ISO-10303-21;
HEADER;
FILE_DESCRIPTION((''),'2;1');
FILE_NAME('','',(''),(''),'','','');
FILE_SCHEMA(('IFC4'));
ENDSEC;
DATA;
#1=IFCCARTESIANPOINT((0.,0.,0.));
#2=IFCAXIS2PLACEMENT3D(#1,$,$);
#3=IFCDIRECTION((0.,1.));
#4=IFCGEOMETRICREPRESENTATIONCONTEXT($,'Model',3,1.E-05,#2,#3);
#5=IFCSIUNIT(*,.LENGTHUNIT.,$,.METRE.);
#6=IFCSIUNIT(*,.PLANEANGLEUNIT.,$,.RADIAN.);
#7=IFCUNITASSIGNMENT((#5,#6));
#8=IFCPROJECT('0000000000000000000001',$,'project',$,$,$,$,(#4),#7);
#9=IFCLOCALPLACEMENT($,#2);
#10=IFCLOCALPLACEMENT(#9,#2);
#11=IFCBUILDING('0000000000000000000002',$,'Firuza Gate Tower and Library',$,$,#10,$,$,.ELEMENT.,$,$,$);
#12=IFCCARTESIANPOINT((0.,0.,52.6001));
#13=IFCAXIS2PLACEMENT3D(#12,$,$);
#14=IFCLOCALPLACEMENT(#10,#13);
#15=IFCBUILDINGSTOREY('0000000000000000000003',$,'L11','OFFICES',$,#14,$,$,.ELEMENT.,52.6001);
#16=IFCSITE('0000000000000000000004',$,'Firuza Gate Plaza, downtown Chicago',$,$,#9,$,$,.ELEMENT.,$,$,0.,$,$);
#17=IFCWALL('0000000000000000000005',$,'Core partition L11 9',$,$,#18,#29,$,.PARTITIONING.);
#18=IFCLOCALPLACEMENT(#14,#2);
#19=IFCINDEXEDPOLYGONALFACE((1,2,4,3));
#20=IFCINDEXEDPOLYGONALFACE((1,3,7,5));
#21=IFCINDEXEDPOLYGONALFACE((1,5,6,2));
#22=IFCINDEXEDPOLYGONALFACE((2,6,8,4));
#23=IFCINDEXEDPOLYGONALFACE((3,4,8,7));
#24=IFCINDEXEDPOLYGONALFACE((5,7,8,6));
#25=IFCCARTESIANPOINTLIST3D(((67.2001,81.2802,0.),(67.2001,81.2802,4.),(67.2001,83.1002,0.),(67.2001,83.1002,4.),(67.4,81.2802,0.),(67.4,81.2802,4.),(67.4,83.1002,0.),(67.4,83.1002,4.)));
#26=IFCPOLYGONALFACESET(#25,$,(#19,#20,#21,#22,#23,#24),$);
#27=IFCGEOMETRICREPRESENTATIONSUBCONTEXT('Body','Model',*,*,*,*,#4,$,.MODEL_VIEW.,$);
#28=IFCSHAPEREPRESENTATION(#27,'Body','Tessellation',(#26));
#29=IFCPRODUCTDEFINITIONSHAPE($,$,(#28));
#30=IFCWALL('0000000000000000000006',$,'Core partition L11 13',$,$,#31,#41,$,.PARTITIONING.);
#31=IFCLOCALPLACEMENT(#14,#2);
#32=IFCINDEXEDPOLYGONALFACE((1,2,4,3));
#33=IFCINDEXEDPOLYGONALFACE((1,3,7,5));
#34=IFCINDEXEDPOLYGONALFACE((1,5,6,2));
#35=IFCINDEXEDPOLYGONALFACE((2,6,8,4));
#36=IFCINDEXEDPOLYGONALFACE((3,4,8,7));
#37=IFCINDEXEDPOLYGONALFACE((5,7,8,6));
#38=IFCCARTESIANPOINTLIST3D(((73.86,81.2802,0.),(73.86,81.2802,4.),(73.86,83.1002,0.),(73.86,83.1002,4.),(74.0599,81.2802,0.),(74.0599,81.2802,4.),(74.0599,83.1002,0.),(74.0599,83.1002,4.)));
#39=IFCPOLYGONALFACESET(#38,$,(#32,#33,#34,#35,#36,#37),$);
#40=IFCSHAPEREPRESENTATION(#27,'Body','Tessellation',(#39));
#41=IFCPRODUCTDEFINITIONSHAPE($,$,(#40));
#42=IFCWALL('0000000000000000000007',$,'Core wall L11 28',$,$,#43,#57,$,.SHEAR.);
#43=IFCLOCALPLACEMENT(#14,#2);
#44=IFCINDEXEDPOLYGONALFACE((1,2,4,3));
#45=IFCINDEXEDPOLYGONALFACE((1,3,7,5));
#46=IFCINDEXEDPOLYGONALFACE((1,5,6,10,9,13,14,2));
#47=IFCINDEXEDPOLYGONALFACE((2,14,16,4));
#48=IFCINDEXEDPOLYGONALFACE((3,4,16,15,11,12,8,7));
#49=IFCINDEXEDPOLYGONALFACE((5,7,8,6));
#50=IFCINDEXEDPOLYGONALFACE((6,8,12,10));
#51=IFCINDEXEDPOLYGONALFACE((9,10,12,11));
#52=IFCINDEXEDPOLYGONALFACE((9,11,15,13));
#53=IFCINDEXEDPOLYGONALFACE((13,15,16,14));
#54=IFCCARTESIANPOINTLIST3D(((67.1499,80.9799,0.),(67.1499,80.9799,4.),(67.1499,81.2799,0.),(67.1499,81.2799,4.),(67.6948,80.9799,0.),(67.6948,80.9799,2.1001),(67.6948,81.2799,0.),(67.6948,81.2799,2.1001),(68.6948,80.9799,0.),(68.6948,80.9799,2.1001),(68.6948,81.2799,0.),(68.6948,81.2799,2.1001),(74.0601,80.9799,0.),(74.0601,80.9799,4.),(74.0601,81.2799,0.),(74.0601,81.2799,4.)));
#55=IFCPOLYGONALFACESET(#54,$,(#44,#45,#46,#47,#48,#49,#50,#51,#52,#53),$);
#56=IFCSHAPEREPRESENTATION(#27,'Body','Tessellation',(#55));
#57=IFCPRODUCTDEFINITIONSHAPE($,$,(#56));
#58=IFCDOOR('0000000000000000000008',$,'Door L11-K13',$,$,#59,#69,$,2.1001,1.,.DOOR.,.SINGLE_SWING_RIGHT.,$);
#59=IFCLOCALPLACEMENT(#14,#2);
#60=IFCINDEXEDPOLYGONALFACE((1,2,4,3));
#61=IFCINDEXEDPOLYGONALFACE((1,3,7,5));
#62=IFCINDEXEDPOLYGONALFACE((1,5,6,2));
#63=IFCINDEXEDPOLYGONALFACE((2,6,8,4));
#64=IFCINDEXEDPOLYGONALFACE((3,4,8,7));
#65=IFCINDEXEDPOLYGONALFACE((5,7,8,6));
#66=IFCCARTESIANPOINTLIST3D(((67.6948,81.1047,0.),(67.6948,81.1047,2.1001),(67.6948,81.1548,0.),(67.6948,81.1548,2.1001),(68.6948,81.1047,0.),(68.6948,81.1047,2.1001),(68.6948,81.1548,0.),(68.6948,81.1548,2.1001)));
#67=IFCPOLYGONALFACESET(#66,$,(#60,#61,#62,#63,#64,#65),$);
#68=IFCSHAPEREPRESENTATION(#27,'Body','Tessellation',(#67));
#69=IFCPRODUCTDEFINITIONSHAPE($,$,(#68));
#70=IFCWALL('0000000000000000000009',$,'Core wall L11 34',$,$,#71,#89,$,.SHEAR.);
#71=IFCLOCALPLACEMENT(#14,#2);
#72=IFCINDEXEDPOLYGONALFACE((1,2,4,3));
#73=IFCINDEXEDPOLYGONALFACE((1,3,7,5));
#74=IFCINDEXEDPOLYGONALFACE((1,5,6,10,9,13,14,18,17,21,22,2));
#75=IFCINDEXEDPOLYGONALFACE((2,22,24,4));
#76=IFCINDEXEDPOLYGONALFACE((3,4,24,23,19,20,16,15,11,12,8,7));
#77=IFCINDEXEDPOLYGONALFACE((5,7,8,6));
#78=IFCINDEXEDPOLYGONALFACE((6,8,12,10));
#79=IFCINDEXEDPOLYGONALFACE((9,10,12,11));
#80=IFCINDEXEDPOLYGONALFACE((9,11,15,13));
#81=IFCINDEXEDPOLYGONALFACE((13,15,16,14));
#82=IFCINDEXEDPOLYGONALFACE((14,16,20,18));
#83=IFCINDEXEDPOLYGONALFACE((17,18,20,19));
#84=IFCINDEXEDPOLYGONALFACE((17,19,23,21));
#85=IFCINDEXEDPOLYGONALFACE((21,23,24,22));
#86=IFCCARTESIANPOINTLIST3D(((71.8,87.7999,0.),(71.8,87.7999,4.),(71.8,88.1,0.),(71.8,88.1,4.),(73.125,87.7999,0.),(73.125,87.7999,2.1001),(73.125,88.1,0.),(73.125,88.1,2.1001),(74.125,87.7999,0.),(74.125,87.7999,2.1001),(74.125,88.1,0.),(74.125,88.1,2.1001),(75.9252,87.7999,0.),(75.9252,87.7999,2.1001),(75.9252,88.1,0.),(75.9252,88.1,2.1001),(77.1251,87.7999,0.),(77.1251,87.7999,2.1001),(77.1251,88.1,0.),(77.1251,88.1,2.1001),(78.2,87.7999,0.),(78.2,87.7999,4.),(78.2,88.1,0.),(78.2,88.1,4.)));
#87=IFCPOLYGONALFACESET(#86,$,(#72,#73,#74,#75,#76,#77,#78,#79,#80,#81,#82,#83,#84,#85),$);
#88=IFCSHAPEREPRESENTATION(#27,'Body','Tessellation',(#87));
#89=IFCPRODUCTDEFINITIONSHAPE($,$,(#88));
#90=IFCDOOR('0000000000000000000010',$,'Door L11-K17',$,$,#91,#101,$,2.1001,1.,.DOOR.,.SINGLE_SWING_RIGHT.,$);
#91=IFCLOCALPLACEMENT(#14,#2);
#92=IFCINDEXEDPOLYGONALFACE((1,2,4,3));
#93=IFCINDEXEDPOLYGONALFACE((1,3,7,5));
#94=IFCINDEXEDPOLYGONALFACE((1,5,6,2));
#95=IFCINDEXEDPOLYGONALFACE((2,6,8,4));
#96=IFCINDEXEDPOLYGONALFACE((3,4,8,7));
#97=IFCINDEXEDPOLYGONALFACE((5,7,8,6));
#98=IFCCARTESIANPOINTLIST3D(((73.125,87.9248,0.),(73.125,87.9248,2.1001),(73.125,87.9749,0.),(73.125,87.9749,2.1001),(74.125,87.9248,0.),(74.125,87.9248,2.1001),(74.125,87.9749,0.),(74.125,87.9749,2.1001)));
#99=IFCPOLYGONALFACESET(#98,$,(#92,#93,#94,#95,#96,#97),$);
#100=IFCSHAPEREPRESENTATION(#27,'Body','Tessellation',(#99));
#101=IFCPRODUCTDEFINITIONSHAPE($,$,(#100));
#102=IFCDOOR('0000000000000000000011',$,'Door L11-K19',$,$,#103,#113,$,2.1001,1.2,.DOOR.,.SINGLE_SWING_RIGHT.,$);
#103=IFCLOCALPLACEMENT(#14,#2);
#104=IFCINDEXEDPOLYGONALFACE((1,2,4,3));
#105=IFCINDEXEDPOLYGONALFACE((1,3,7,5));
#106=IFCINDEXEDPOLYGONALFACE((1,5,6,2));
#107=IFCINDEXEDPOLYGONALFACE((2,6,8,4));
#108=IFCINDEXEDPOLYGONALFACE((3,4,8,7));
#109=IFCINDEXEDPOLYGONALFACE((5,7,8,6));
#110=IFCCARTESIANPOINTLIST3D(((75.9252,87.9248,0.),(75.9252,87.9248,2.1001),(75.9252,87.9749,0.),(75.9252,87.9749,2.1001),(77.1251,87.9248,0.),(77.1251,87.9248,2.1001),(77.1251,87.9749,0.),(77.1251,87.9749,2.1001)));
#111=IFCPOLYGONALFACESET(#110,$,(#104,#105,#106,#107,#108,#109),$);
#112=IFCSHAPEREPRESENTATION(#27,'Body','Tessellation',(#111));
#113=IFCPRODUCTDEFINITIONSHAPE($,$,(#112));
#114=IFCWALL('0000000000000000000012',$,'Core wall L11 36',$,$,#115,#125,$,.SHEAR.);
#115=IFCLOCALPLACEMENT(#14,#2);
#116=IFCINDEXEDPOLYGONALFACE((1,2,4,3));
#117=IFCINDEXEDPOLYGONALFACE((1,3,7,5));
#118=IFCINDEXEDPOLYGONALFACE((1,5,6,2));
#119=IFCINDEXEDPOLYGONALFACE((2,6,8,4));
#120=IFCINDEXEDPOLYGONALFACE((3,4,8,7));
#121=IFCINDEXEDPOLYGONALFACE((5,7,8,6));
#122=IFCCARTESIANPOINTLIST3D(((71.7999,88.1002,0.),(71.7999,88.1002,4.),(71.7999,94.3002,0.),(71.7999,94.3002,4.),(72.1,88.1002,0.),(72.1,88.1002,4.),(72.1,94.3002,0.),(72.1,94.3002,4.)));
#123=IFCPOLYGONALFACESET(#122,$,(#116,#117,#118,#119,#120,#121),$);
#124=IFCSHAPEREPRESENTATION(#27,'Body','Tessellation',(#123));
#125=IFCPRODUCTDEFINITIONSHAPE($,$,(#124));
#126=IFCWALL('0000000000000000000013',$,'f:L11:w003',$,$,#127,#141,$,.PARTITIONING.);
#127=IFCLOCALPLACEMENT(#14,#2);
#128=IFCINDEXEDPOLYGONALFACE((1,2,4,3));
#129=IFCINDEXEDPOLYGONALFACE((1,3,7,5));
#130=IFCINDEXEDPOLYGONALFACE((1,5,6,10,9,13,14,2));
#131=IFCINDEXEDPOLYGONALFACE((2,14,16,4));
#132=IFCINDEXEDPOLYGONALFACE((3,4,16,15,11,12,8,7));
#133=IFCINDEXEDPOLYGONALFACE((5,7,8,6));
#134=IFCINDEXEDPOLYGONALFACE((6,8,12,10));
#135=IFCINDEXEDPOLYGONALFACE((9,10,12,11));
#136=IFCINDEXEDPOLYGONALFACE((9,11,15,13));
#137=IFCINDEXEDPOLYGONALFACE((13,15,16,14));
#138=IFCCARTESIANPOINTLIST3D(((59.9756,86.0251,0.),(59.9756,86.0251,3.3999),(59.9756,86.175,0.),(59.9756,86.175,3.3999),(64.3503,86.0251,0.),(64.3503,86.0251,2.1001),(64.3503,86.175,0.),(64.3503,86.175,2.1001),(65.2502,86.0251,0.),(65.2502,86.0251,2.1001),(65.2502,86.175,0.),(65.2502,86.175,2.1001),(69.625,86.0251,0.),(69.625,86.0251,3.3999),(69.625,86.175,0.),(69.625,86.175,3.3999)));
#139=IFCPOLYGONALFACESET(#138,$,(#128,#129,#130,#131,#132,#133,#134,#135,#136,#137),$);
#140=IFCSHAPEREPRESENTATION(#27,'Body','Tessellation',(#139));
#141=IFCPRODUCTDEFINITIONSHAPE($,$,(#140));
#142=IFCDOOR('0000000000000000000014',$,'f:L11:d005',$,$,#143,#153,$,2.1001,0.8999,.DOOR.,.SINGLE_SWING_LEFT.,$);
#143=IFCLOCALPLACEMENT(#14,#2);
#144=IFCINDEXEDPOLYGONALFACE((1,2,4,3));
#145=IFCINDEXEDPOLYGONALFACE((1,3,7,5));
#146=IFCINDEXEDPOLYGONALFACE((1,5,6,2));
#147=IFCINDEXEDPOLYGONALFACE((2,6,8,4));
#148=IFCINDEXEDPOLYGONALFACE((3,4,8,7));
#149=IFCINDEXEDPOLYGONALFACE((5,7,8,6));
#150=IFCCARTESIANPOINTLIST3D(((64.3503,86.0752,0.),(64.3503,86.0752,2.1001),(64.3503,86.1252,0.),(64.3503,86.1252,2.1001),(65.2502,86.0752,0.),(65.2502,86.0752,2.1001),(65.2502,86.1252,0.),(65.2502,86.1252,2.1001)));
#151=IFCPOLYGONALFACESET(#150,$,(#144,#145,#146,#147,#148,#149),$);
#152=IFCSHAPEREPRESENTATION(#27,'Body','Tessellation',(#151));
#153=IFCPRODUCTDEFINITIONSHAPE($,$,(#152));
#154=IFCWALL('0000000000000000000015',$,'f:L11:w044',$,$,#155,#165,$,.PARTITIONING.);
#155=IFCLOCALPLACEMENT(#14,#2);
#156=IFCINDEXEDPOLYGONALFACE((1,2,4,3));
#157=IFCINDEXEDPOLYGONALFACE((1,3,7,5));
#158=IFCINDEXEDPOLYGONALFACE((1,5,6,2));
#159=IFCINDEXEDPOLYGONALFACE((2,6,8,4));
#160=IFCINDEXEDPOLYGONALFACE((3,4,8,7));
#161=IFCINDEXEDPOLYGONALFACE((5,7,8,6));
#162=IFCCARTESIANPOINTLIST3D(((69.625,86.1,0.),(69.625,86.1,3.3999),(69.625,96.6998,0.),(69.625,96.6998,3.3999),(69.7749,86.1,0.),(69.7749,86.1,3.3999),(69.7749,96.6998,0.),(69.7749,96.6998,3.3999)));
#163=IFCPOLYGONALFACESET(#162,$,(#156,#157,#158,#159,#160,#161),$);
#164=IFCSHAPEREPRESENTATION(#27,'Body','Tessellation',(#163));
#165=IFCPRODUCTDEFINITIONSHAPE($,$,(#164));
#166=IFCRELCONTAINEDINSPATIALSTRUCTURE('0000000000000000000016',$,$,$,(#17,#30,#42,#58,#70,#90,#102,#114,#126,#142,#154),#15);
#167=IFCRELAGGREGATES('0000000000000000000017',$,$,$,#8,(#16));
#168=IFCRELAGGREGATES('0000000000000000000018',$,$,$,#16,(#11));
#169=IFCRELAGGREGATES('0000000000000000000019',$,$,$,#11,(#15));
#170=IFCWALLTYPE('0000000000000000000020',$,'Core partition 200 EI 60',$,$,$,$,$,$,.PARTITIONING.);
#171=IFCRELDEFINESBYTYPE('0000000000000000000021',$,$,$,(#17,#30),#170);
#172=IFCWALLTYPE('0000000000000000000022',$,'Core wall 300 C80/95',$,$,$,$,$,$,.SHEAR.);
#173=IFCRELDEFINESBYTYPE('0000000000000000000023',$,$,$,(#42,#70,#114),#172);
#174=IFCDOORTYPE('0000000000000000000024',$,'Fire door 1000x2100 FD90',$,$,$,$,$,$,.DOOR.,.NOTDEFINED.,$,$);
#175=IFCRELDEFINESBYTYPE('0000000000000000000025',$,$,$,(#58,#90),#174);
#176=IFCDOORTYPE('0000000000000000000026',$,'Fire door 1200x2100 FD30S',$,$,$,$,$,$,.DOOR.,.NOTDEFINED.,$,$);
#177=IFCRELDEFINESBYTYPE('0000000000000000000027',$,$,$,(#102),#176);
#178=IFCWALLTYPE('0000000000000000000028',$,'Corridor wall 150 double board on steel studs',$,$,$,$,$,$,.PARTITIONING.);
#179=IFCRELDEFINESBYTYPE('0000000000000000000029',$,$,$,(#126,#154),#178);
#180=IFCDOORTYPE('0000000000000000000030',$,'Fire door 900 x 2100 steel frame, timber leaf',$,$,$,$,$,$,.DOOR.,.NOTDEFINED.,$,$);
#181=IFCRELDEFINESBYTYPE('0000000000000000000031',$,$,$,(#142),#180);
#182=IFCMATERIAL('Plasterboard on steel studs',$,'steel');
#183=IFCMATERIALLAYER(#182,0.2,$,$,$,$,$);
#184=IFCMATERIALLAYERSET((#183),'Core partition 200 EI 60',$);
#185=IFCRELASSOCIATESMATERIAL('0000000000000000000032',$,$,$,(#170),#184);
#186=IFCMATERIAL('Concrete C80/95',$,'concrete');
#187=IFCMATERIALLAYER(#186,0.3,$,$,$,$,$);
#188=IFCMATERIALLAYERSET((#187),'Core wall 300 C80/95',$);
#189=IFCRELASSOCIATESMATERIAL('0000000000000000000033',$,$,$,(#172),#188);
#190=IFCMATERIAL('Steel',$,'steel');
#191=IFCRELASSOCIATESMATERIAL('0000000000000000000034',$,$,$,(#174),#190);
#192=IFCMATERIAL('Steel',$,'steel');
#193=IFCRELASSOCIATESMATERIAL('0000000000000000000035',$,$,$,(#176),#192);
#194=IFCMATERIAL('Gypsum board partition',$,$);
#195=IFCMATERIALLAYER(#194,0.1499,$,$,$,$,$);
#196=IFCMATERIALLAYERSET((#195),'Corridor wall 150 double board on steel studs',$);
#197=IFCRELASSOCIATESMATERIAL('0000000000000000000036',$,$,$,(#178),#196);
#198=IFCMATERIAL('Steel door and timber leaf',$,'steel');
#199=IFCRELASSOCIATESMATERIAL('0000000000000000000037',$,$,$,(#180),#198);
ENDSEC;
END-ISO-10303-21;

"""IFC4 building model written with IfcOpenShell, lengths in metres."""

from ifc_helpers import new_model, si_unit, direction, frame, frame_2d, origin, place, context, subcontext, project, spatial, rectangle, extrude, material, layer, layer_set, type_object, element, fill, save


model = new_model("IFC4")

# Units and contexts
model_context = context("Model", 3, precision=1e-05, world=origin(), true_north=direction((0.0, 1.0)))
body_context = subcontext(model_context, "Body", "Model", "MODEL_VIEW")
ifc_project = project(units=[si_unit("LENGTHUNIT", "METRE"), si_unit("PLANEANGLEUNIT", "RADIAN")], contexts=[model_context])

# Site, building, storey
site_placement = place(None, origin())
site = spatial("IfcSite", under=ifc_project, at=site_placement, Name="Firuza Gate Plaza, downtown Chicago", CompositionType="ELEMENT", RefElevation=0.0)
building_placement = place(site_placement, origin())
building = spatial("IfcBuilding", under=site, at=building_placement, Name="Firuza Gate Tower and Library", CompositionType="ELEMENT")
storey_placement = place(building_placement, frame((0.0, 0.0, 52.6001)))
storey = spatial("IfcBuildingStorey", under=building, at=storey_placement, Name="L11", Description="OFFICES", CompositionType="ELEMENT", Elevation=52.6001)

# Walls
ifc_material_1 = material(Name="Plasterboard on steel studs", Category="steel")
ifc_layer_1 = layer(ifc_material_1, 0.2)
ifc_layer_set_1 = layer_set([ifc_layer_1], Name="Core partition 200 EI 60")
wall_type_1 = type_object("IfcWallType", Name="Core partition 200 EI 60", PredefinedType="PARTITIONING", material=ifc_layer_set_1)
for number, where, z_axis, x_axis, name in (
    (1, (67.3, 81.28, 0.0), (0.0, 0.0, 1.0), (0.0, 1.0, 0.0), "Core partition L11 9"),
    (2, (73.96, 81.28, 0.0), (0.0, 0.0, 1.0), (0.0, 1.0, 0.0), "Core partition L11 13"),
):
    element("IfcWall", number, at=place(storey_placement, frame(where, z_axis=z_axis, x_axis=x_axis)), inside=storey, type_object=wall_type_1, Name=name, PredefinedType="PARTITIONING", context=body_context, shape_type="SweptSolid", body=[
        extrude(rectangle(XDim=1.8201, YDim=0.2, at=frame_2d((0.9102, 0.0))), origin(), (0.0, 0.0, 1.0), 4.0),
    ])

# Wall, opening, door
ifc_material_2 = material(Name="Concrete C80/95", Category="concrete")
ifc_layer_2 = layer(ifc_material_2, 0.3)
ifc_layer_set_2 = layer_set([ifc_layer_2], Name="Core wall 300 C80/95")
wall_type_2 = type_object("IfcWallType", Name="Core wall 300 C80/95", PredefinedType="SHEAR", material=ifc_layer_set_2)
wall_1_placement = place(storey_placement, frame((67.1499, 81.1299, 0.0), z_axis=(0.0, 0.0, 1.0), x_axis=(1.0, 0.0, 0.0)))
wall_1 = element("IfcWall", 3, at=wall_1_placement, inside=storey, type_object=wall_type_2, Name="Core wall L11 28", PredefinedType="SHEAR", context=body_context, shape_type="SweptSolid", body=[
    extrude(rectangle(XDim=6.9102, YDim=0.3, at=frame_2d((3.4551, 0.0))), origin(), (0.0, 0.0, 1.0), 4.0),
])
opening_1_placement = place(wall_1_placement, frame((0.5449, 0.0, 0.0)))
opening_1 = element("IfcOpeningElement", 4, at=opening_1_placement, cuts=wall_1, PredefinedType="OPENING", context=body_context, shape_type="SweptSolid", body=[
    extrude(rectangle(XDim=1.0, YDim=2.1001, at=frame_2d((0.5, 1.05))), frame((0.0, 0.1602, 0.0), z_axis=(0.0, -1.0, 0.0), x_axis=(1.0, 0.0, 0.0)), (0.0, 0.0, 1.0), 0.3201),
])
ifc_material_3 = material(Name="Steel", Category="steel")
door_type_1 = type_object("IfcDoorType", Name="Fire door 1000x2100 FD90", OperationType="NOTDEFINED", PredefinedType="DOOR", material=ifc_material_3)
door_1_placement = place(opening_1_placement, origin())
door_1 = element("IfcDoor", 5, at=door_1_placement, inside=storey, type_object=door_type_1, Name="Door L11-K13", OperationType="SINGLE_SWING_RIGHT", OverallHeight=2.1001, OverallWidth=1.0, PredefinedType="DOOR", context=body_context, shape_type="SweptSolid", body=[
    extrude(rectangle(XDim=1.0, YDim=2.1001, at=frame_2d((0.5, 1.05))), frame((0.0, 0.0249, 0.0), z_axis=(0.0, -1.0, 0.0), x_axis=(1.0, 0.0, 0.0)), (0.0, 0.0, 1.0), 0.05),
])
fill(opening_1, door_1)

# Wall, openings, doors
wall_2_placement = place(storey_placement, frame((71.8, 87.95, 0.0), z_axis=(0.0, 0.0, 1.0), x_axis=(1.0, 0.0, 0.0)))
wall_2 = element("IfcWall", 6, at=wall_2_placement, inside=storey, type_object=wall_type_2, Name="Core wall L11 34", PredefinedType="SHEAR", context=body_context, shape_type="SweptSolid", body=[
    extrude(rectangle(XDim=6.3999, YDim=0.3, at=frame_2d((3.2, 0.0))), origin(), (0.0, 0.0, 1.0), 4.0),
])
opening_2_placement = place(wall_2_placement, frame((1.325, 0.0, 0.0)))
opening_2 = element("IfcOpeningElement", 7, at=opening_2_placement, cuts=wall_2, PredefinedType="OPENING", context=body_context, shape_type="SweptSolid", body=[
    extrude(rectangle(XDim=1.0, YDim=2.1001, at=frame_2d((0.5, 1.05))), frame((0.0, 0.1602, 0.0), z_axis=(0.0, -1.0, 0.0), x_axis=(1.0, 0.0, 0.0)), (0.0, 0.0, 1.0), 0.3201),
])
opening_3_placement = place(wall_2_placement, frame((4.125, 0.0, 0.0)))
opening_3 = element("IfcOpeningElement", 8, at=opening_3_placement, cuts=wall_2, PredefinedType="OPENING", context=body_context, shape_type="SweptSolid", body=[
    extrude(rectangle(XDim=1.2, YDim=2.1001, at=frame_2d((0.6001, 1.05))), frame((0.0, 0.1602, 0.0), z_axis=(0.0, -1.0, 0.0), x_axis=(1.0, 0.0, 0.0)), (0.0, 0.0, 1.0), 0.3201),
])
door_2_placement = place(opening_2_placement, origin())
door_2 = element("IfcDoor", 9, at=door_2_placement, inside=storey, type_object=door_type_1, Name="Door L11-K17", OperationType="SINGLE_SWING_RIGHT", OverallHeight=2.1001, OverallWidth=1.0, PredefinedType="DOOR", context=body_context, shape_type="SweptSolid", body=[
    extrude(rectangle(XDim=1.0, YDim=2.1001, at=frame_2d((0.5, 1.05))), frame((0.0, 0.0249, 0.0), z_axis=(0.0, -1.0, 0.0), x_axis=(1.0, 0.0, 0.0)), (0.0, 0.0, 1.0), 0.05),
])
fill(opening_2, door_2)
ifc_material_4 = material(Name="Steel", Category="steel")
door_type_2 = type_object("IfcDoorType", Name="Fire door 1200x2100 FD30S", OperationType="NOTDEFINED", PredefinedType="DOOR", material=ifc_material_4)
door_3_placement = place(opening_3_placement, origin())
door_3 = element("IfcDoor", 10, at=door_3_placement, inside=storey, type_object=door_type_2, Name="Door L11-K19", OperationType="SINGLE_SWING_RIGHT", OverallHeight=2.1001, OverallWidth=1.2, PredefinedType="DOOR", context=body_context, shape_type="SweptSolid", body=[
    extrude(rectangle(XDim=1.2, YDim=2.1001, at=frame_2d((0.6001, 1.05))), frame((0.0, 0.0249, 0.0), z_axis=(0.0, -1.0, 0.0), x_axis=(1.0, 0.0, 0.0)), (0.0, 0.0, 1.0), 0.05),
])
fill(opening_3, door_3)

# Wall
wall_3_placement = place(storey_placement, frame((71.95, 88.1001, 0.0), z_axis=(0.0, 0.0, 1.0), x_axis=(0.0, 1.0, 0.0)))
element("IfcWall", 11, at=wall_3_placement, inside=storey, type_object=wall_type_2, Name="Core wall L11 36", PredefinedType="SHEAR", context=body_context, shape_type="SweptSolid", body=[
    extrude(rectangle(XDim=6.2, YDim=0.3, at=frame_2d((3.1001, 0.0))), origin(), (0.0, 0.0, 1.0), 4.0),
])

# Wall, opening, door
ifc_material_5 = material(Name="Gypsum board partition")
ifc_layer_3 = layer(ifc_material_5, 0.1499)
ifc_layer_set_3 = layer_set([ifc_layer_3], Name="Corridor wall 150 double board on steel studs")
wall_type_3 = type_object("IfcWallType", Name="Corridor wall 150 double board on steel studs", PredefinedType="PARTITIONING", material=ifc_layer_set_3)
wall_4_placement = place(storey_placement, frame((69.625, 86.1001, 0.0), z_axis=(0.0, 0.0, 1.0), x_axis=(-1.0, 0.0, 0.0)))
wall_4 = element("IfcWall", 12, at=wall_4_placement, inside=storey, type_object=wall_type_3, Name="f:L11:w003", PredefinedType="PARTITIONING", context=body_context, shape_type="SweptSolid", body=[
    extrude(rectangle(XDim=9.6494, YDim=0.1499, at=frame_2d((4.8247, 0.0))), origin(), (0.0, 0.0, 1.0), 3.3999),
])
opening_4_placement = place(wall_4_placement, frame((4.3748, 0.0, 0.0)))
opening_4 = element("IfcOpeningElement", 13, at=opening_4_placement, cuts=wall_4, PredefinedType="OPENING", context=body_context, shape_type="SweptSolid", body=[
    extrude(rectangle(XDim=0.8999, YDim=2.1001, at=frame_2d((0.45, 1.05))), frame((0.0, 0.085, 0.0), z_axis=(0.0, -1.0, 0.0), x_axis=(1.0, 0.0, 0.0)), (0.0, 0.0, 1.0), 0.1699),
])
ifc_material_6 = material(Name="Steel door and timber leaf", Category="steel")
door_type_3 = type_object("IfcDoorType", Name="Fire door 900 x 2100 steel frame, timber leaf", OperationType="NOTDEFINED", PredefinedType="DOOR", material=ifc_material_6)
door_4_placement = place(opening_4_placement, origin())
door_4 = element("IfcDoor", 14, at=door_4_placement, inside=storey, type_object=door_type_3, Name="f:L11:d005", OperationType="SINGLE_SWING_LEFT", OverallHeight=2.1001, OverallWidth=0.8999, PredefinedType="DOOR", context=body_context, shape_type="SweptSolid", body=[
    extrude(rectangle(XDim=0.8999, YDim=2.1001, at=frame_2d((0.45, 1.05))), frame((0.0, 0.0249, 0.0), z_axis=(0.0, -1.0, 0.0), x_axis=(1.0, 0.0, 0.0)), (0.0, 0.0, 1.0), 0.05),
])
fill(opening_4, door_4)

# Wall
wall_5_placement = place(storey_placement, frame((69.7, 86.1001, 0.0), z_axis=(0.0, 0.0, 1.0), x_axis=(0.0, 1.0, 0.0)))
element("IfcWall", 15, at=wall_5_placement, inside=storey, type_object=wall_type_3, Name="f:L11:w044", PredefinedType="PARTITIONING", context=body_context, shape_type="SweptSolid", body=[
    extrude(rectangle(XDim=10.5999, YDim=0.1499, at=frame_2d((5.2998, 0.0))), origin(), (0.0, 0.0, 1.0), 3.3999),
])

save(model, "model.ifc")
